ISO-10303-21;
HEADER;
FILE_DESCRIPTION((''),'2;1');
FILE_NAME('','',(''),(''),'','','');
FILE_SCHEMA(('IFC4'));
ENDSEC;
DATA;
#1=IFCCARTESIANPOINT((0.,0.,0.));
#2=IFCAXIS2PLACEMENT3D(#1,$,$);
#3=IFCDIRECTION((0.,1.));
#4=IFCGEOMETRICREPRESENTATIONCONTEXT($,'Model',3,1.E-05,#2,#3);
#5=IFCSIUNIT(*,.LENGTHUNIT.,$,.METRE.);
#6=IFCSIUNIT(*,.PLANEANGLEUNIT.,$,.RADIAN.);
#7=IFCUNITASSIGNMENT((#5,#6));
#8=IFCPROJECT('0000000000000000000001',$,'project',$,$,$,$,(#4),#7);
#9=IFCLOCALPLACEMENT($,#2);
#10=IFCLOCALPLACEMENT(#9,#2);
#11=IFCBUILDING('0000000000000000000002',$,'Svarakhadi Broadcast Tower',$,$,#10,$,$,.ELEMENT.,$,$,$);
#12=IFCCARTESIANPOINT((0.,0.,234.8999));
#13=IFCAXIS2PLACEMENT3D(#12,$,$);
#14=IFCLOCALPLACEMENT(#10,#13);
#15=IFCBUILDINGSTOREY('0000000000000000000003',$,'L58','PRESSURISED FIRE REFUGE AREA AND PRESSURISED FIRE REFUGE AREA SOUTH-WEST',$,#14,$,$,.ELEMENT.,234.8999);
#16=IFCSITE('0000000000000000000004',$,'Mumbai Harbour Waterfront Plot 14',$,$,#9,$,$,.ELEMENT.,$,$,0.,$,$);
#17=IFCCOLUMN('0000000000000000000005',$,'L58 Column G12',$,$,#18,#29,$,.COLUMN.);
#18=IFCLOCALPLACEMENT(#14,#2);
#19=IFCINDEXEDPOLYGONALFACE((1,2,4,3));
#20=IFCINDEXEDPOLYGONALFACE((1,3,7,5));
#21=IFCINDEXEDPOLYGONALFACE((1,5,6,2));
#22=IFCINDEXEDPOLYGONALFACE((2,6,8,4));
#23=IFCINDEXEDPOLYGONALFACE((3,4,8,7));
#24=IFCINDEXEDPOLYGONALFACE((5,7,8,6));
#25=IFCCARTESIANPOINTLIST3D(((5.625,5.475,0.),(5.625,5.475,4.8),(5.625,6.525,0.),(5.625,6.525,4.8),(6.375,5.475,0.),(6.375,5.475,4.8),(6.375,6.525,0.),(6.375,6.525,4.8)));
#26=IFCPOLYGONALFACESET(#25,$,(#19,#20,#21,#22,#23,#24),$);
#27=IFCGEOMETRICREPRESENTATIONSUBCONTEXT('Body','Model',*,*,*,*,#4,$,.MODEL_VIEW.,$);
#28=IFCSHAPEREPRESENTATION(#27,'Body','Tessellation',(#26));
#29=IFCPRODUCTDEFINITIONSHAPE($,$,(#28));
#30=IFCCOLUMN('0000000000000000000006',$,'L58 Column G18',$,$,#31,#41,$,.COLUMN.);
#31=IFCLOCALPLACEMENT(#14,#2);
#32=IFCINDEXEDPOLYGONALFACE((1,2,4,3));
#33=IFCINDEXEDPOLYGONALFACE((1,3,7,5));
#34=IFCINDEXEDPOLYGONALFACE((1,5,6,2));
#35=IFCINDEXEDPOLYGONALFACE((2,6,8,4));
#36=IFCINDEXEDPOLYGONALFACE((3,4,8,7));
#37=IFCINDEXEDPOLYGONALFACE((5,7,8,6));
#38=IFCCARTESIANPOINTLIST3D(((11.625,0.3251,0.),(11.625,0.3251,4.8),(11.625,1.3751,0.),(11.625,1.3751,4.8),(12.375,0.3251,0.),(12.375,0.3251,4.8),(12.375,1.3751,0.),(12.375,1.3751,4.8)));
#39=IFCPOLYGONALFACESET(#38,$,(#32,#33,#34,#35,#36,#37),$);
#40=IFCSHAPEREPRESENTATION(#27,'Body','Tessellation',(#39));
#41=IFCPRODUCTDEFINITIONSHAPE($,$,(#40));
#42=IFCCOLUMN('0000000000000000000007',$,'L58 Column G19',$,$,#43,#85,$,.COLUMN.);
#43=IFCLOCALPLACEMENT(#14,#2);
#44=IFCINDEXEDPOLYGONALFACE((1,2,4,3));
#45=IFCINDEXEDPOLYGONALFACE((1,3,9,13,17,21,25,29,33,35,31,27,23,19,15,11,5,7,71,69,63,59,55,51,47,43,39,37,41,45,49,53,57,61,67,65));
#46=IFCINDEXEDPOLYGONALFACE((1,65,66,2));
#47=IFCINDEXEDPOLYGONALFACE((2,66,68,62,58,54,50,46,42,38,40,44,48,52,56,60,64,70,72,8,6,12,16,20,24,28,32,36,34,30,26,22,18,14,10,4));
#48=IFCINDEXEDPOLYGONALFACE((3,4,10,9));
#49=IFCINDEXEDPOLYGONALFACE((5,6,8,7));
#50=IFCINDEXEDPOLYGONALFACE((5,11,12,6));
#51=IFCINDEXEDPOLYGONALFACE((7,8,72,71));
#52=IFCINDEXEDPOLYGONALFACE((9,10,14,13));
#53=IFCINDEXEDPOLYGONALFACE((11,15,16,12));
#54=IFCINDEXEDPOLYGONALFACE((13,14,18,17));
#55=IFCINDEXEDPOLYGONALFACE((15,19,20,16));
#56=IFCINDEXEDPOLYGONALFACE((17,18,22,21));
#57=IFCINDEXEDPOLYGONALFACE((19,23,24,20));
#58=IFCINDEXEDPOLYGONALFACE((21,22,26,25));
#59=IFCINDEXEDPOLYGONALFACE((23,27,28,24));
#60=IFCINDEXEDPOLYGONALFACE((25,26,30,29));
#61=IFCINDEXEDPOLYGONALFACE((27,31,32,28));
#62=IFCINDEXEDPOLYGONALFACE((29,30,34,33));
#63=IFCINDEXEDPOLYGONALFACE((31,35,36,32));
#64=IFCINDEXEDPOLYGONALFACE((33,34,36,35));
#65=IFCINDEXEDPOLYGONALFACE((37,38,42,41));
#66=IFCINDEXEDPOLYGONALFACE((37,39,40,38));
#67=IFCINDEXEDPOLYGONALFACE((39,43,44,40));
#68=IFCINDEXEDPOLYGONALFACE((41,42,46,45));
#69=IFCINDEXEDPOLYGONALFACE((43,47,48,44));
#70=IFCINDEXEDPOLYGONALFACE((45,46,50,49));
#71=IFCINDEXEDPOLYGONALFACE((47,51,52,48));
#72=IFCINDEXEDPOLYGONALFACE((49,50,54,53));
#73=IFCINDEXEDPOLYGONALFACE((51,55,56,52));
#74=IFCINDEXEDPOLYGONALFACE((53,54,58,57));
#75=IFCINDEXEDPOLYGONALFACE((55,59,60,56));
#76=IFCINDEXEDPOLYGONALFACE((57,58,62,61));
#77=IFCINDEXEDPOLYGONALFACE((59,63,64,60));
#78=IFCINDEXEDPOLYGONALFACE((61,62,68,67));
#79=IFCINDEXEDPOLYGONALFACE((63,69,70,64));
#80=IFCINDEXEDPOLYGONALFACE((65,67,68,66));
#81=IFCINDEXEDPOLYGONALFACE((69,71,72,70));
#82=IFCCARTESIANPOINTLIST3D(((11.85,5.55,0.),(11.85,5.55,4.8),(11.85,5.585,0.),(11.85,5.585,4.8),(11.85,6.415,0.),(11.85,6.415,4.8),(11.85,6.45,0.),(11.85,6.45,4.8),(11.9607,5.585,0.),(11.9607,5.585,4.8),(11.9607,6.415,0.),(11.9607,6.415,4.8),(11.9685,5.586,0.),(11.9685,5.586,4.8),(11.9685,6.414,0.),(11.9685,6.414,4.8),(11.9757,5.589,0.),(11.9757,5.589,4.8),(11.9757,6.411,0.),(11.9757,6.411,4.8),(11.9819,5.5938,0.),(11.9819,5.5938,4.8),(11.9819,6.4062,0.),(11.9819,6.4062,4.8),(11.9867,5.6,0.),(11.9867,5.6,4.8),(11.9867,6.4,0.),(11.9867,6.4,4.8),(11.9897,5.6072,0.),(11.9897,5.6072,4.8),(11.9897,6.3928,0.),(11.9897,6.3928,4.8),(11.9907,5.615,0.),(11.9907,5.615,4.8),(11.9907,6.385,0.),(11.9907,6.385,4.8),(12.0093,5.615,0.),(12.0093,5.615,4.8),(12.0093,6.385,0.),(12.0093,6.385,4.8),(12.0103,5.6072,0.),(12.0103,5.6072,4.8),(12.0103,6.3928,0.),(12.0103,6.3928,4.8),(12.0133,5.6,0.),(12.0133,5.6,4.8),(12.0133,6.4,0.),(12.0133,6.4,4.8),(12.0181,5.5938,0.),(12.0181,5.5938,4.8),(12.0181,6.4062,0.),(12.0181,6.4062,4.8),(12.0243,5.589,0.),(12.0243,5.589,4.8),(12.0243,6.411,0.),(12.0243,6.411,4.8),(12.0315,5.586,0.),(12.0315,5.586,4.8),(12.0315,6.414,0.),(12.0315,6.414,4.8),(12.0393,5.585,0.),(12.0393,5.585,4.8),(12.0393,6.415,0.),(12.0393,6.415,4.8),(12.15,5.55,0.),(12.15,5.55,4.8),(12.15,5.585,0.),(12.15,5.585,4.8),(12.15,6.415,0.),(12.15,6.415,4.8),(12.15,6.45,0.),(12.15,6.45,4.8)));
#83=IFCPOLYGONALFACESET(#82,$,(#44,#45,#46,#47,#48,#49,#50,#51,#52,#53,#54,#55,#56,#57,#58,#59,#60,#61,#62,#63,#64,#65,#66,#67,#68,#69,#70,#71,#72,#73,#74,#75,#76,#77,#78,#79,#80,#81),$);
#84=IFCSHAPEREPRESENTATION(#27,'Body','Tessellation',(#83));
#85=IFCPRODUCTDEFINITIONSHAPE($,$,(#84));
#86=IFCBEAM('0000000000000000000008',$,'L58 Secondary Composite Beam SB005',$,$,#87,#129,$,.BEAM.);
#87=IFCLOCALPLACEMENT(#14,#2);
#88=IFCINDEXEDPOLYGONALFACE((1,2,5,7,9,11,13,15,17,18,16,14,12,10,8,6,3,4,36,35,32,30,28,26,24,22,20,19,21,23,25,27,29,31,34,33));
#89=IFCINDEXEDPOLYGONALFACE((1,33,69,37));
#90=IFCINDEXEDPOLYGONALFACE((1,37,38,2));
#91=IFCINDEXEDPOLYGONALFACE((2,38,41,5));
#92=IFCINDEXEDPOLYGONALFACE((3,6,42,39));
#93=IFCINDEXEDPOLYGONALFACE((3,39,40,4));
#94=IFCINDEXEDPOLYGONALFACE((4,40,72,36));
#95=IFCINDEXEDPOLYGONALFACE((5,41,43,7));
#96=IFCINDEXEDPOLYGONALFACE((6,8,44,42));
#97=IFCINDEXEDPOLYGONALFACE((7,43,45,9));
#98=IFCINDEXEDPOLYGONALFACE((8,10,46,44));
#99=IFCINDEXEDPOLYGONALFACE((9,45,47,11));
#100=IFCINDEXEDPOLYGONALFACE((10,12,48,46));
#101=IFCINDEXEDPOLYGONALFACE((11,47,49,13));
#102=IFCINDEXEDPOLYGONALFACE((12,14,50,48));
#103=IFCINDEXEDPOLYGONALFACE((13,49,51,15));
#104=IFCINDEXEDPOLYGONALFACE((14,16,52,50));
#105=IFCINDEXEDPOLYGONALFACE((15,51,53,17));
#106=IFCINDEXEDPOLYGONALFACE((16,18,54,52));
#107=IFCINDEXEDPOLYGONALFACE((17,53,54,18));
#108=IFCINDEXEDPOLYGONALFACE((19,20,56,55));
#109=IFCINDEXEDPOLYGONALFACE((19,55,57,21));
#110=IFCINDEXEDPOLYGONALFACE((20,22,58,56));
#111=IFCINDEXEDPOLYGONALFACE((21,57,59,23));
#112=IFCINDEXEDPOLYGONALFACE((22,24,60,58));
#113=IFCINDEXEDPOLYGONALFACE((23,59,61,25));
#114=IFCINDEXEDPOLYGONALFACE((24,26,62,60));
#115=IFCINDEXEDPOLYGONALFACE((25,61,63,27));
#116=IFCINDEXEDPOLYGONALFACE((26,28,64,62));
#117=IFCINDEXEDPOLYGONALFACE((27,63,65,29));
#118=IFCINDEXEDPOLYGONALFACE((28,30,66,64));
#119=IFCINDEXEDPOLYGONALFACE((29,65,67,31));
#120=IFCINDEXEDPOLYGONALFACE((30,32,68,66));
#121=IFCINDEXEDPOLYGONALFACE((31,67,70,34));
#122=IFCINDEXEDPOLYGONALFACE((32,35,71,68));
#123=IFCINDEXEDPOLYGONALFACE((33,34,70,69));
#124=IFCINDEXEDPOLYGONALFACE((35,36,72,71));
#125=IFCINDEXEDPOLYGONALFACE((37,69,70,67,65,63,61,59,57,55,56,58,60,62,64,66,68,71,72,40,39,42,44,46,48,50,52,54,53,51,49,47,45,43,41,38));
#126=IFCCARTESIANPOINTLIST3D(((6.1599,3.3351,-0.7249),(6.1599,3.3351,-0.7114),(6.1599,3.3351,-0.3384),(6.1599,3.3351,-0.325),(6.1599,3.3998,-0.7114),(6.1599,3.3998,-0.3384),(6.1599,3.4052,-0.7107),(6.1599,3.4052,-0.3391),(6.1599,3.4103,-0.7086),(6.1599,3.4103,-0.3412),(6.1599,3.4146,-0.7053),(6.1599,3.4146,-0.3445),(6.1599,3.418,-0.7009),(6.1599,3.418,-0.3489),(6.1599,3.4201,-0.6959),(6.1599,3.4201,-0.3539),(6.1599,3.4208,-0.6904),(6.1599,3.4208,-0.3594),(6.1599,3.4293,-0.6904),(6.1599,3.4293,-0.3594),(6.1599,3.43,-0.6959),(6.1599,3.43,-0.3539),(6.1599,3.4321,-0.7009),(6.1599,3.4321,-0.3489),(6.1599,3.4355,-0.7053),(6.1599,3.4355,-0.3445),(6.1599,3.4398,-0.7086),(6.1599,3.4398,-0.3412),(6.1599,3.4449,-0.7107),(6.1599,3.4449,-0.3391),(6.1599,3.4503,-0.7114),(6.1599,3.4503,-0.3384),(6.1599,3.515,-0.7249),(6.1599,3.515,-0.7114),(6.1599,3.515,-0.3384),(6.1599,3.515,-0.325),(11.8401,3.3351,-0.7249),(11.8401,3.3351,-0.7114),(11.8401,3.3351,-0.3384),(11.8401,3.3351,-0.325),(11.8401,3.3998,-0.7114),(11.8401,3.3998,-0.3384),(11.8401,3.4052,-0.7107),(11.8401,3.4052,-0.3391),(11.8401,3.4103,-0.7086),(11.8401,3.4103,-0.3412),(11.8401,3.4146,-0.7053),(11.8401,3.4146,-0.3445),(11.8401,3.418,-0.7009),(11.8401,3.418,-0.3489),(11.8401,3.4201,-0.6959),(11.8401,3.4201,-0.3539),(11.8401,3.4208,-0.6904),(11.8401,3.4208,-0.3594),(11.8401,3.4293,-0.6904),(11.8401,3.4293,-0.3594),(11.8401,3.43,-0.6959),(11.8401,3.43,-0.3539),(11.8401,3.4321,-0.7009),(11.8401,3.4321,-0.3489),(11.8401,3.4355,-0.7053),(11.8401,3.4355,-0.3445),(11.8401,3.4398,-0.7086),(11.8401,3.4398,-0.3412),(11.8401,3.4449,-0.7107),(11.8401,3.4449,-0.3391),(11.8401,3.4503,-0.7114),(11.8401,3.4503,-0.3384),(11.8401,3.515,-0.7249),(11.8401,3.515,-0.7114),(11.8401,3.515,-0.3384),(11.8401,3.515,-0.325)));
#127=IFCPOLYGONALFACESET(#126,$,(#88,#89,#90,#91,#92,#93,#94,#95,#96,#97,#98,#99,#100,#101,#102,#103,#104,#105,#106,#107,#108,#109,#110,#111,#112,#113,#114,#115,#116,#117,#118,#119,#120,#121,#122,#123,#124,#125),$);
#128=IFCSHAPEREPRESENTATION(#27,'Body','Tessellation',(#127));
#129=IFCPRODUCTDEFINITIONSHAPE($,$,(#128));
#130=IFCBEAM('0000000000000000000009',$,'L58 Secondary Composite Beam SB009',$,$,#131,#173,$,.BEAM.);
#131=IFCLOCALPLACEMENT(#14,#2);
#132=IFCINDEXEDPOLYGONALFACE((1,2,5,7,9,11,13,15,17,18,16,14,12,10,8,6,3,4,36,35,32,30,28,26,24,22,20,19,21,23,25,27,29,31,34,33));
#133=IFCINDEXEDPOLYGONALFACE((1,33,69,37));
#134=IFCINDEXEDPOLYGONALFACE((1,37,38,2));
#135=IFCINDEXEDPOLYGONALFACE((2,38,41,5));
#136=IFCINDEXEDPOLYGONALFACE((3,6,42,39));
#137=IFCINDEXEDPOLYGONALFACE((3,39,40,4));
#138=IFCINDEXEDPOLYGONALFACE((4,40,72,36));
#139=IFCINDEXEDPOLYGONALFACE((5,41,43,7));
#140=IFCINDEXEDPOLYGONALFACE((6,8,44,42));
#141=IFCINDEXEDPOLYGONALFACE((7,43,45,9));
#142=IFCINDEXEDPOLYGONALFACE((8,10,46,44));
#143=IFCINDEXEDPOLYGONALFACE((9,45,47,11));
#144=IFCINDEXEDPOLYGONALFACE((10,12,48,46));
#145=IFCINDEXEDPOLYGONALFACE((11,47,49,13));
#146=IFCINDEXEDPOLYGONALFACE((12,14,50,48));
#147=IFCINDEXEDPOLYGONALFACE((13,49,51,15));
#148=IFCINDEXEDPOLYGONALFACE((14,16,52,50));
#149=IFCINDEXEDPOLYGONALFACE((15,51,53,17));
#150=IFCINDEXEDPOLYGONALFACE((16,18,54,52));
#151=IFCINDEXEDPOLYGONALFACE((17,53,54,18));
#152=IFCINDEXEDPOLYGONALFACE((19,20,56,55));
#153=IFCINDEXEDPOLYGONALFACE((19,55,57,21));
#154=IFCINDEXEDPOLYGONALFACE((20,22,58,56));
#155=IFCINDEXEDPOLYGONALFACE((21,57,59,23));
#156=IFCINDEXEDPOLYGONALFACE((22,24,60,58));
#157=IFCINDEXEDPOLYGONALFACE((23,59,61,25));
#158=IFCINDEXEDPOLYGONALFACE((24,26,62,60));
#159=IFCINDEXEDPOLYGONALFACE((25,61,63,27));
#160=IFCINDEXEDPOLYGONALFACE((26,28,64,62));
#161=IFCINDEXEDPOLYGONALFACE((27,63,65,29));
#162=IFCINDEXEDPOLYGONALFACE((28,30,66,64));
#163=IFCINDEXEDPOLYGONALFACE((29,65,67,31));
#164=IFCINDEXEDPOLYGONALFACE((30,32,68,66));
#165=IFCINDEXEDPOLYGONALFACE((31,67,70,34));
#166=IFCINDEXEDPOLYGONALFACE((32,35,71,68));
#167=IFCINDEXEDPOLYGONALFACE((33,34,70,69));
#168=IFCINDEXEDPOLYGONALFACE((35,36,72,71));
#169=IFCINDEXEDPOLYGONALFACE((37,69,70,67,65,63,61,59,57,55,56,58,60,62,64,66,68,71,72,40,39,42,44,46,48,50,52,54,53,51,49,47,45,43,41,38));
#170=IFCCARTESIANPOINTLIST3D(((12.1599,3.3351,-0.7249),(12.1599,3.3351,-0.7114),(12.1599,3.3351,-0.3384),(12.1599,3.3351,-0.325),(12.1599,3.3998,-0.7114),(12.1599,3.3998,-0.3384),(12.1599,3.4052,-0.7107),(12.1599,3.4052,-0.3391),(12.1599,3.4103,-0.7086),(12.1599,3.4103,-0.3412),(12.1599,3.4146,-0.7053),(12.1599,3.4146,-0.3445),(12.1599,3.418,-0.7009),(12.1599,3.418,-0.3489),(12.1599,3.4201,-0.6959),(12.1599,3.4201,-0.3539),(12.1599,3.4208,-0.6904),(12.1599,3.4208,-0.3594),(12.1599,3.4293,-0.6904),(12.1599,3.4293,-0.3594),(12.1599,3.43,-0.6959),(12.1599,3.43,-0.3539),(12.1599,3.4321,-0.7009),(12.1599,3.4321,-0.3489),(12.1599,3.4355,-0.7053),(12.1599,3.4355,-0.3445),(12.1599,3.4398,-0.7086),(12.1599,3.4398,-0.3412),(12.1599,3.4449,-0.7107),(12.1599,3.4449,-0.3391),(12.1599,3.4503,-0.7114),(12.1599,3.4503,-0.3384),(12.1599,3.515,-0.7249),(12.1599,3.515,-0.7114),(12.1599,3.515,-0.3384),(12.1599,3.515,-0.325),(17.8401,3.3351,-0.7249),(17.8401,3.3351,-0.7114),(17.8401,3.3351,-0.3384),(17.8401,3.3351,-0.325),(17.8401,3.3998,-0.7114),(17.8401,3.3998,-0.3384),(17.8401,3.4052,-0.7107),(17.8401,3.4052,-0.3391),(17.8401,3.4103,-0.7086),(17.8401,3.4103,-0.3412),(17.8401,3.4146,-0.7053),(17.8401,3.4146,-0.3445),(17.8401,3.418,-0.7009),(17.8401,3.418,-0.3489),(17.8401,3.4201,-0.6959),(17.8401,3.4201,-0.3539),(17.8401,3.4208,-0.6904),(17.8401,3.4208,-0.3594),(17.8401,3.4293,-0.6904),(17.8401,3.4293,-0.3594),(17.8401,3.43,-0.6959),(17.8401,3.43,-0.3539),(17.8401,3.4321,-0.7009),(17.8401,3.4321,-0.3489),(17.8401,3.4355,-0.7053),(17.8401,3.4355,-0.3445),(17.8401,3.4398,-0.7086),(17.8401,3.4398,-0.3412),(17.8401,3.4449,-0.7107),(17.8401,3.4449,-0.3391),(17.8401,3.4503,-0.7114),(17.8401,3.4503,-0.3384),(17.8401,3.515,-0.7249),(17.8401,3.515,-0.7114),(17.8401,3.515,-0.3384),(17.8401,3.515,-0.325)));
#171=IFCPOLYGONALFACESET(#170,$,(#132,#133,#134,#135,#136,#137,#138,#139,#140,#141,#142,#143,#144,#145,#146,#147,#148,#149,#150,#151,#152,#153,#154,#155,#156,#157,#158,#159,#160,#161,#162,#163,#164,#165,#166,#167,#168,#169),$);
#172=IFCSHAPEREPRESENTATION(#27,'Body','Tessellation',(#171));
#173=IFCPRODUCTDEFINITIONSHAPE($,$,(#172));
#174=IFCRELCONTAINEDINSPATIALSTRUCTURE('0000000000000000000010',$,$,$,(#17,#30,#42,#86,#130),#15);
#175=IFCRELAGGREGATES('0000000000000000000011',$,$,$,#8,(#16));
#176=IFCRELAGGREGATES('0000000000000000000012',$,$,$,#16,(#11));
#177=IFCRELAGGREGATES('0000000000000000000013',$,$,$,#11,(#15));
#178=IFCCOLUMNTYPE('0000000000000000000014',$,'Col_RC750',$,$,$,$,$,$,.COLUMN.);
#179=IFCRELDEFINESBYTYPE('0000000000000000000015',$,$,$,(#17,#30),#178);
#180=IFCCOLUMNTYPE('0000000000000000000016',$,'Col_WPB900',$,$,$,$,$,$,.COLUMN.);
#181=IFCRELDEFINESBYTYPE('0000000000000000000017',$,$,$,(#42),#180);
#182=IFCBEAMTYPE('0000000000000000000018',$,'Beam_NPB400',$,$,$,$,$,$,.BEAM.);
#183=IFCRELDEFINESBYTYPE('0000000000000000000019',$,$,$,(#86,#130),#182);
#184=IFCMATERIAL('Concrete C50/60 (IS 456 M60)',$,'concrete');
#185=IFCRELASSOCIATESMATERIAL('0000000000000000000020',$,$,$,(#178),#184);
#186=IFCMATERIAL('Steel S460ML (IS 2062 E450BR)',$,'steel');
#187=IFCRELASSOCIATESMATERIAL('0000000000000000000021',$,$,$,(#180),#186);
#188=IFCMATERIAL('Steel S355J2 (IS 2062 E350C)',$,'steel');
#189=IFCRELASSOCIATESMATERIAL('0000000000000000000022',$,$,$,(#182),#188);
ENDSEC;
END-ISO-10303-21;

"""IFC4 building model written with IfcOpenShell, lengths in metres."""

from ifc_helpers import new_model, si_unit, direction, frame, origin, origin_2d, place, context, subcontext, project, spatial, rectangle, i_section, extrude, material, material_profile, profile_set, type_object, element, save


model = new_model("IFC4")

# Units and contexts
model_context = context("Model", 3, precision=1e-05, world=origin(), true_north=direction((0.0, 1.0)))
body_context = subcontext(model_context, "Body", "Model", "MODEL_VIEW")
ifc_project = project(units=[si_unit("LENGTHUNIT", "METRE"), si_unit("PLANEANGLEUNIT", "RADIAN")], contexts=[model_context])

# Site, building, storey
site_placement = place(None, origin())
site = spatial("IfcSite", under=ifc_project, at=site_placement, Name="Mumbai Harbour Waterfront Plot 14", CompositionType="ELEMENT", RefElevation=0.0)
building_placement = place(site_placement, origin())
building = spatial("IfcBuilding", under=site, at=building_placement, Name="Svarakhadi Broadcast Tower", CompositionType="ELEMENT")
storey_placement = place(building_placement, frame((0.0, 0.0, 234.8999)))
storey = spatial("IfcBuildingStorey", under=building, at=storey_placement, Name="L58", Description="PRESSURISED FIRE REFUGE AREA AND PRESSURISED FIRE REFUGE AREA SOUTH-WEST", CompositionType="ELEMENT", Elevation=234.8999)

# Columns
ifc_material_1 = material(Name="Concrete C50/60 (IS 456 M60)", Category="concrete")
ifc_material_profile_1 = material_profile(ifc_material_1, rectangle(XDim=0.75, YDim=1.05, at=origin_2d()), Name="RC 750x1050")
ifc_profile_set_1 = profile_set([ifc_material_profile_1], Name="Concrete C50/60 (IS 456 M60)")
column_type_1 = type_object("IfcColumnType", Name="Col_RC750", PredefinedType="COLUMN", material=ifc_profile_set_1)
for number, where, z_axis, x_axis, name in (
    (1, (6.0, 6.0, 0.0), (0.0, 0.0, 1.0), (1.0, 0.0, 0.0), "L58 Column G12"),
    (2, (12.0, 0.8501, 0.0), (0.0, 0.0, 1.0), (1.0, 0.0, 0.0), "L58 Column G18"),
):
    element("IfcColumn", number, at=place(storey_placement, frame(where, z_axis=z_axis, x_axis=x_axis)), inside=storey, type_object=column_type_1, Name=name, PredefinedType="COLUMN", context=body_context, shape_type="SweptSolid", body=[
        extrude(rectangle(XDim=0.75, YDim=1.05, at=origin_2d()), origin(), (0.0, 0.0, 1.0), 4.8),
    ])
ifc_material_2 = material(Name="Steel S460ML (IS 2062 E450BR)", Category="steel")
ifc_material_profile_2 = material_profile(ifc_material_2, i_section(OverallWidth=0.3, OverallDepth=0.8999, WebThickness=0.0186, FlangeThickness=0.0349, FilletRadius=0.03, at=origin_2d()), Name="WPB 900x300x291")
ifc_profile_set_2 = profile_set([ifc_material_profile_2], Name="Steel S460ML (IS 2062 E450BR)")
column_type_2 = type_object("IfcColumnType", Name="Col_WPB900", PredefinedType="COLUMN", material=ifc_profile_set_2)
column_placement = place(storey_placement, frame((12.0, 6.0, 0.0), z_axis=(0.0, 0.0, 1.0), x_axis=(1.0, 0.0, 0.0)))
element("IfcColumn", 3, at=column_placement, inside=storey, type_object=column_type_2, Name="L58 Column G19", PredefinedType="COLUMN", context=body_context, shape_type="SweptSolid", body=[
    extrude(i_section(OverallWidth=0.3, OverallDepth=0.8999, WebThickness=0.0186, FlangeThickness=0.0349, FilletRadius=0.03, at=origin_2d()), origin(), (0.0, 0.0, 1.0), 4.8),
])

# Beams
ifc_material_3 = material(Name="Steel S355J2 (IS 2062 E350C)", Category="steel")
ifc_material_profile_3 = material_profile(ifc_material_3, i_section(OverallWidth=0.1799, OverallDepth=0.3999, WebThickness=0.0085, FlangeThickness=0.0134, FilletRadius=0.021, at=origin_2d()), Name="NPB 400x180x66")
ifc_profile_set_3 = profile_set([ifc_material_profile_3], Name="Steel S355J2 (IS 2062 E350C)")
beam_type_1 = type_object("IfcBeamType", Name="Beam_NPB400", PredefinedType="BEAM", material=ifc_profile_set_3)
for number, where, z_axis, x_axis, name in (
    (4, (6.1599, 3.425, -0.5249), (1.0, 0.0, 0.0), (0.0, 1.0, 0.0), "L58 Secondary Composite Beam SB005"),
    (5, (12.1599, 3.425, -0.5249), (1.0, 0.0, 0.0), (0.0, 1.0, 0.0), "L58 Secondary Composite Beam SB009"),
):
    element("IfcBeam", number, at=place(storey_placement, frame(where, z_axis=z_axis, x_axis=x_axis)), inside=storey, type_object=beam_type_1, Name=name, PredefinedType="BEAM", context=body_context, shape_type="SweptSolid", body=[
        extrude(i_section(OverallWidth=0.1799, OverallDepth=0.3999, WebThickness=0.0085, FlangeThickness=0.0134, FilletRadius=0.021, at=origin_2d()), origin(), (0.0, 0.0, 1.0), 5.6802),
    ])

save(model, "model.ifc")
